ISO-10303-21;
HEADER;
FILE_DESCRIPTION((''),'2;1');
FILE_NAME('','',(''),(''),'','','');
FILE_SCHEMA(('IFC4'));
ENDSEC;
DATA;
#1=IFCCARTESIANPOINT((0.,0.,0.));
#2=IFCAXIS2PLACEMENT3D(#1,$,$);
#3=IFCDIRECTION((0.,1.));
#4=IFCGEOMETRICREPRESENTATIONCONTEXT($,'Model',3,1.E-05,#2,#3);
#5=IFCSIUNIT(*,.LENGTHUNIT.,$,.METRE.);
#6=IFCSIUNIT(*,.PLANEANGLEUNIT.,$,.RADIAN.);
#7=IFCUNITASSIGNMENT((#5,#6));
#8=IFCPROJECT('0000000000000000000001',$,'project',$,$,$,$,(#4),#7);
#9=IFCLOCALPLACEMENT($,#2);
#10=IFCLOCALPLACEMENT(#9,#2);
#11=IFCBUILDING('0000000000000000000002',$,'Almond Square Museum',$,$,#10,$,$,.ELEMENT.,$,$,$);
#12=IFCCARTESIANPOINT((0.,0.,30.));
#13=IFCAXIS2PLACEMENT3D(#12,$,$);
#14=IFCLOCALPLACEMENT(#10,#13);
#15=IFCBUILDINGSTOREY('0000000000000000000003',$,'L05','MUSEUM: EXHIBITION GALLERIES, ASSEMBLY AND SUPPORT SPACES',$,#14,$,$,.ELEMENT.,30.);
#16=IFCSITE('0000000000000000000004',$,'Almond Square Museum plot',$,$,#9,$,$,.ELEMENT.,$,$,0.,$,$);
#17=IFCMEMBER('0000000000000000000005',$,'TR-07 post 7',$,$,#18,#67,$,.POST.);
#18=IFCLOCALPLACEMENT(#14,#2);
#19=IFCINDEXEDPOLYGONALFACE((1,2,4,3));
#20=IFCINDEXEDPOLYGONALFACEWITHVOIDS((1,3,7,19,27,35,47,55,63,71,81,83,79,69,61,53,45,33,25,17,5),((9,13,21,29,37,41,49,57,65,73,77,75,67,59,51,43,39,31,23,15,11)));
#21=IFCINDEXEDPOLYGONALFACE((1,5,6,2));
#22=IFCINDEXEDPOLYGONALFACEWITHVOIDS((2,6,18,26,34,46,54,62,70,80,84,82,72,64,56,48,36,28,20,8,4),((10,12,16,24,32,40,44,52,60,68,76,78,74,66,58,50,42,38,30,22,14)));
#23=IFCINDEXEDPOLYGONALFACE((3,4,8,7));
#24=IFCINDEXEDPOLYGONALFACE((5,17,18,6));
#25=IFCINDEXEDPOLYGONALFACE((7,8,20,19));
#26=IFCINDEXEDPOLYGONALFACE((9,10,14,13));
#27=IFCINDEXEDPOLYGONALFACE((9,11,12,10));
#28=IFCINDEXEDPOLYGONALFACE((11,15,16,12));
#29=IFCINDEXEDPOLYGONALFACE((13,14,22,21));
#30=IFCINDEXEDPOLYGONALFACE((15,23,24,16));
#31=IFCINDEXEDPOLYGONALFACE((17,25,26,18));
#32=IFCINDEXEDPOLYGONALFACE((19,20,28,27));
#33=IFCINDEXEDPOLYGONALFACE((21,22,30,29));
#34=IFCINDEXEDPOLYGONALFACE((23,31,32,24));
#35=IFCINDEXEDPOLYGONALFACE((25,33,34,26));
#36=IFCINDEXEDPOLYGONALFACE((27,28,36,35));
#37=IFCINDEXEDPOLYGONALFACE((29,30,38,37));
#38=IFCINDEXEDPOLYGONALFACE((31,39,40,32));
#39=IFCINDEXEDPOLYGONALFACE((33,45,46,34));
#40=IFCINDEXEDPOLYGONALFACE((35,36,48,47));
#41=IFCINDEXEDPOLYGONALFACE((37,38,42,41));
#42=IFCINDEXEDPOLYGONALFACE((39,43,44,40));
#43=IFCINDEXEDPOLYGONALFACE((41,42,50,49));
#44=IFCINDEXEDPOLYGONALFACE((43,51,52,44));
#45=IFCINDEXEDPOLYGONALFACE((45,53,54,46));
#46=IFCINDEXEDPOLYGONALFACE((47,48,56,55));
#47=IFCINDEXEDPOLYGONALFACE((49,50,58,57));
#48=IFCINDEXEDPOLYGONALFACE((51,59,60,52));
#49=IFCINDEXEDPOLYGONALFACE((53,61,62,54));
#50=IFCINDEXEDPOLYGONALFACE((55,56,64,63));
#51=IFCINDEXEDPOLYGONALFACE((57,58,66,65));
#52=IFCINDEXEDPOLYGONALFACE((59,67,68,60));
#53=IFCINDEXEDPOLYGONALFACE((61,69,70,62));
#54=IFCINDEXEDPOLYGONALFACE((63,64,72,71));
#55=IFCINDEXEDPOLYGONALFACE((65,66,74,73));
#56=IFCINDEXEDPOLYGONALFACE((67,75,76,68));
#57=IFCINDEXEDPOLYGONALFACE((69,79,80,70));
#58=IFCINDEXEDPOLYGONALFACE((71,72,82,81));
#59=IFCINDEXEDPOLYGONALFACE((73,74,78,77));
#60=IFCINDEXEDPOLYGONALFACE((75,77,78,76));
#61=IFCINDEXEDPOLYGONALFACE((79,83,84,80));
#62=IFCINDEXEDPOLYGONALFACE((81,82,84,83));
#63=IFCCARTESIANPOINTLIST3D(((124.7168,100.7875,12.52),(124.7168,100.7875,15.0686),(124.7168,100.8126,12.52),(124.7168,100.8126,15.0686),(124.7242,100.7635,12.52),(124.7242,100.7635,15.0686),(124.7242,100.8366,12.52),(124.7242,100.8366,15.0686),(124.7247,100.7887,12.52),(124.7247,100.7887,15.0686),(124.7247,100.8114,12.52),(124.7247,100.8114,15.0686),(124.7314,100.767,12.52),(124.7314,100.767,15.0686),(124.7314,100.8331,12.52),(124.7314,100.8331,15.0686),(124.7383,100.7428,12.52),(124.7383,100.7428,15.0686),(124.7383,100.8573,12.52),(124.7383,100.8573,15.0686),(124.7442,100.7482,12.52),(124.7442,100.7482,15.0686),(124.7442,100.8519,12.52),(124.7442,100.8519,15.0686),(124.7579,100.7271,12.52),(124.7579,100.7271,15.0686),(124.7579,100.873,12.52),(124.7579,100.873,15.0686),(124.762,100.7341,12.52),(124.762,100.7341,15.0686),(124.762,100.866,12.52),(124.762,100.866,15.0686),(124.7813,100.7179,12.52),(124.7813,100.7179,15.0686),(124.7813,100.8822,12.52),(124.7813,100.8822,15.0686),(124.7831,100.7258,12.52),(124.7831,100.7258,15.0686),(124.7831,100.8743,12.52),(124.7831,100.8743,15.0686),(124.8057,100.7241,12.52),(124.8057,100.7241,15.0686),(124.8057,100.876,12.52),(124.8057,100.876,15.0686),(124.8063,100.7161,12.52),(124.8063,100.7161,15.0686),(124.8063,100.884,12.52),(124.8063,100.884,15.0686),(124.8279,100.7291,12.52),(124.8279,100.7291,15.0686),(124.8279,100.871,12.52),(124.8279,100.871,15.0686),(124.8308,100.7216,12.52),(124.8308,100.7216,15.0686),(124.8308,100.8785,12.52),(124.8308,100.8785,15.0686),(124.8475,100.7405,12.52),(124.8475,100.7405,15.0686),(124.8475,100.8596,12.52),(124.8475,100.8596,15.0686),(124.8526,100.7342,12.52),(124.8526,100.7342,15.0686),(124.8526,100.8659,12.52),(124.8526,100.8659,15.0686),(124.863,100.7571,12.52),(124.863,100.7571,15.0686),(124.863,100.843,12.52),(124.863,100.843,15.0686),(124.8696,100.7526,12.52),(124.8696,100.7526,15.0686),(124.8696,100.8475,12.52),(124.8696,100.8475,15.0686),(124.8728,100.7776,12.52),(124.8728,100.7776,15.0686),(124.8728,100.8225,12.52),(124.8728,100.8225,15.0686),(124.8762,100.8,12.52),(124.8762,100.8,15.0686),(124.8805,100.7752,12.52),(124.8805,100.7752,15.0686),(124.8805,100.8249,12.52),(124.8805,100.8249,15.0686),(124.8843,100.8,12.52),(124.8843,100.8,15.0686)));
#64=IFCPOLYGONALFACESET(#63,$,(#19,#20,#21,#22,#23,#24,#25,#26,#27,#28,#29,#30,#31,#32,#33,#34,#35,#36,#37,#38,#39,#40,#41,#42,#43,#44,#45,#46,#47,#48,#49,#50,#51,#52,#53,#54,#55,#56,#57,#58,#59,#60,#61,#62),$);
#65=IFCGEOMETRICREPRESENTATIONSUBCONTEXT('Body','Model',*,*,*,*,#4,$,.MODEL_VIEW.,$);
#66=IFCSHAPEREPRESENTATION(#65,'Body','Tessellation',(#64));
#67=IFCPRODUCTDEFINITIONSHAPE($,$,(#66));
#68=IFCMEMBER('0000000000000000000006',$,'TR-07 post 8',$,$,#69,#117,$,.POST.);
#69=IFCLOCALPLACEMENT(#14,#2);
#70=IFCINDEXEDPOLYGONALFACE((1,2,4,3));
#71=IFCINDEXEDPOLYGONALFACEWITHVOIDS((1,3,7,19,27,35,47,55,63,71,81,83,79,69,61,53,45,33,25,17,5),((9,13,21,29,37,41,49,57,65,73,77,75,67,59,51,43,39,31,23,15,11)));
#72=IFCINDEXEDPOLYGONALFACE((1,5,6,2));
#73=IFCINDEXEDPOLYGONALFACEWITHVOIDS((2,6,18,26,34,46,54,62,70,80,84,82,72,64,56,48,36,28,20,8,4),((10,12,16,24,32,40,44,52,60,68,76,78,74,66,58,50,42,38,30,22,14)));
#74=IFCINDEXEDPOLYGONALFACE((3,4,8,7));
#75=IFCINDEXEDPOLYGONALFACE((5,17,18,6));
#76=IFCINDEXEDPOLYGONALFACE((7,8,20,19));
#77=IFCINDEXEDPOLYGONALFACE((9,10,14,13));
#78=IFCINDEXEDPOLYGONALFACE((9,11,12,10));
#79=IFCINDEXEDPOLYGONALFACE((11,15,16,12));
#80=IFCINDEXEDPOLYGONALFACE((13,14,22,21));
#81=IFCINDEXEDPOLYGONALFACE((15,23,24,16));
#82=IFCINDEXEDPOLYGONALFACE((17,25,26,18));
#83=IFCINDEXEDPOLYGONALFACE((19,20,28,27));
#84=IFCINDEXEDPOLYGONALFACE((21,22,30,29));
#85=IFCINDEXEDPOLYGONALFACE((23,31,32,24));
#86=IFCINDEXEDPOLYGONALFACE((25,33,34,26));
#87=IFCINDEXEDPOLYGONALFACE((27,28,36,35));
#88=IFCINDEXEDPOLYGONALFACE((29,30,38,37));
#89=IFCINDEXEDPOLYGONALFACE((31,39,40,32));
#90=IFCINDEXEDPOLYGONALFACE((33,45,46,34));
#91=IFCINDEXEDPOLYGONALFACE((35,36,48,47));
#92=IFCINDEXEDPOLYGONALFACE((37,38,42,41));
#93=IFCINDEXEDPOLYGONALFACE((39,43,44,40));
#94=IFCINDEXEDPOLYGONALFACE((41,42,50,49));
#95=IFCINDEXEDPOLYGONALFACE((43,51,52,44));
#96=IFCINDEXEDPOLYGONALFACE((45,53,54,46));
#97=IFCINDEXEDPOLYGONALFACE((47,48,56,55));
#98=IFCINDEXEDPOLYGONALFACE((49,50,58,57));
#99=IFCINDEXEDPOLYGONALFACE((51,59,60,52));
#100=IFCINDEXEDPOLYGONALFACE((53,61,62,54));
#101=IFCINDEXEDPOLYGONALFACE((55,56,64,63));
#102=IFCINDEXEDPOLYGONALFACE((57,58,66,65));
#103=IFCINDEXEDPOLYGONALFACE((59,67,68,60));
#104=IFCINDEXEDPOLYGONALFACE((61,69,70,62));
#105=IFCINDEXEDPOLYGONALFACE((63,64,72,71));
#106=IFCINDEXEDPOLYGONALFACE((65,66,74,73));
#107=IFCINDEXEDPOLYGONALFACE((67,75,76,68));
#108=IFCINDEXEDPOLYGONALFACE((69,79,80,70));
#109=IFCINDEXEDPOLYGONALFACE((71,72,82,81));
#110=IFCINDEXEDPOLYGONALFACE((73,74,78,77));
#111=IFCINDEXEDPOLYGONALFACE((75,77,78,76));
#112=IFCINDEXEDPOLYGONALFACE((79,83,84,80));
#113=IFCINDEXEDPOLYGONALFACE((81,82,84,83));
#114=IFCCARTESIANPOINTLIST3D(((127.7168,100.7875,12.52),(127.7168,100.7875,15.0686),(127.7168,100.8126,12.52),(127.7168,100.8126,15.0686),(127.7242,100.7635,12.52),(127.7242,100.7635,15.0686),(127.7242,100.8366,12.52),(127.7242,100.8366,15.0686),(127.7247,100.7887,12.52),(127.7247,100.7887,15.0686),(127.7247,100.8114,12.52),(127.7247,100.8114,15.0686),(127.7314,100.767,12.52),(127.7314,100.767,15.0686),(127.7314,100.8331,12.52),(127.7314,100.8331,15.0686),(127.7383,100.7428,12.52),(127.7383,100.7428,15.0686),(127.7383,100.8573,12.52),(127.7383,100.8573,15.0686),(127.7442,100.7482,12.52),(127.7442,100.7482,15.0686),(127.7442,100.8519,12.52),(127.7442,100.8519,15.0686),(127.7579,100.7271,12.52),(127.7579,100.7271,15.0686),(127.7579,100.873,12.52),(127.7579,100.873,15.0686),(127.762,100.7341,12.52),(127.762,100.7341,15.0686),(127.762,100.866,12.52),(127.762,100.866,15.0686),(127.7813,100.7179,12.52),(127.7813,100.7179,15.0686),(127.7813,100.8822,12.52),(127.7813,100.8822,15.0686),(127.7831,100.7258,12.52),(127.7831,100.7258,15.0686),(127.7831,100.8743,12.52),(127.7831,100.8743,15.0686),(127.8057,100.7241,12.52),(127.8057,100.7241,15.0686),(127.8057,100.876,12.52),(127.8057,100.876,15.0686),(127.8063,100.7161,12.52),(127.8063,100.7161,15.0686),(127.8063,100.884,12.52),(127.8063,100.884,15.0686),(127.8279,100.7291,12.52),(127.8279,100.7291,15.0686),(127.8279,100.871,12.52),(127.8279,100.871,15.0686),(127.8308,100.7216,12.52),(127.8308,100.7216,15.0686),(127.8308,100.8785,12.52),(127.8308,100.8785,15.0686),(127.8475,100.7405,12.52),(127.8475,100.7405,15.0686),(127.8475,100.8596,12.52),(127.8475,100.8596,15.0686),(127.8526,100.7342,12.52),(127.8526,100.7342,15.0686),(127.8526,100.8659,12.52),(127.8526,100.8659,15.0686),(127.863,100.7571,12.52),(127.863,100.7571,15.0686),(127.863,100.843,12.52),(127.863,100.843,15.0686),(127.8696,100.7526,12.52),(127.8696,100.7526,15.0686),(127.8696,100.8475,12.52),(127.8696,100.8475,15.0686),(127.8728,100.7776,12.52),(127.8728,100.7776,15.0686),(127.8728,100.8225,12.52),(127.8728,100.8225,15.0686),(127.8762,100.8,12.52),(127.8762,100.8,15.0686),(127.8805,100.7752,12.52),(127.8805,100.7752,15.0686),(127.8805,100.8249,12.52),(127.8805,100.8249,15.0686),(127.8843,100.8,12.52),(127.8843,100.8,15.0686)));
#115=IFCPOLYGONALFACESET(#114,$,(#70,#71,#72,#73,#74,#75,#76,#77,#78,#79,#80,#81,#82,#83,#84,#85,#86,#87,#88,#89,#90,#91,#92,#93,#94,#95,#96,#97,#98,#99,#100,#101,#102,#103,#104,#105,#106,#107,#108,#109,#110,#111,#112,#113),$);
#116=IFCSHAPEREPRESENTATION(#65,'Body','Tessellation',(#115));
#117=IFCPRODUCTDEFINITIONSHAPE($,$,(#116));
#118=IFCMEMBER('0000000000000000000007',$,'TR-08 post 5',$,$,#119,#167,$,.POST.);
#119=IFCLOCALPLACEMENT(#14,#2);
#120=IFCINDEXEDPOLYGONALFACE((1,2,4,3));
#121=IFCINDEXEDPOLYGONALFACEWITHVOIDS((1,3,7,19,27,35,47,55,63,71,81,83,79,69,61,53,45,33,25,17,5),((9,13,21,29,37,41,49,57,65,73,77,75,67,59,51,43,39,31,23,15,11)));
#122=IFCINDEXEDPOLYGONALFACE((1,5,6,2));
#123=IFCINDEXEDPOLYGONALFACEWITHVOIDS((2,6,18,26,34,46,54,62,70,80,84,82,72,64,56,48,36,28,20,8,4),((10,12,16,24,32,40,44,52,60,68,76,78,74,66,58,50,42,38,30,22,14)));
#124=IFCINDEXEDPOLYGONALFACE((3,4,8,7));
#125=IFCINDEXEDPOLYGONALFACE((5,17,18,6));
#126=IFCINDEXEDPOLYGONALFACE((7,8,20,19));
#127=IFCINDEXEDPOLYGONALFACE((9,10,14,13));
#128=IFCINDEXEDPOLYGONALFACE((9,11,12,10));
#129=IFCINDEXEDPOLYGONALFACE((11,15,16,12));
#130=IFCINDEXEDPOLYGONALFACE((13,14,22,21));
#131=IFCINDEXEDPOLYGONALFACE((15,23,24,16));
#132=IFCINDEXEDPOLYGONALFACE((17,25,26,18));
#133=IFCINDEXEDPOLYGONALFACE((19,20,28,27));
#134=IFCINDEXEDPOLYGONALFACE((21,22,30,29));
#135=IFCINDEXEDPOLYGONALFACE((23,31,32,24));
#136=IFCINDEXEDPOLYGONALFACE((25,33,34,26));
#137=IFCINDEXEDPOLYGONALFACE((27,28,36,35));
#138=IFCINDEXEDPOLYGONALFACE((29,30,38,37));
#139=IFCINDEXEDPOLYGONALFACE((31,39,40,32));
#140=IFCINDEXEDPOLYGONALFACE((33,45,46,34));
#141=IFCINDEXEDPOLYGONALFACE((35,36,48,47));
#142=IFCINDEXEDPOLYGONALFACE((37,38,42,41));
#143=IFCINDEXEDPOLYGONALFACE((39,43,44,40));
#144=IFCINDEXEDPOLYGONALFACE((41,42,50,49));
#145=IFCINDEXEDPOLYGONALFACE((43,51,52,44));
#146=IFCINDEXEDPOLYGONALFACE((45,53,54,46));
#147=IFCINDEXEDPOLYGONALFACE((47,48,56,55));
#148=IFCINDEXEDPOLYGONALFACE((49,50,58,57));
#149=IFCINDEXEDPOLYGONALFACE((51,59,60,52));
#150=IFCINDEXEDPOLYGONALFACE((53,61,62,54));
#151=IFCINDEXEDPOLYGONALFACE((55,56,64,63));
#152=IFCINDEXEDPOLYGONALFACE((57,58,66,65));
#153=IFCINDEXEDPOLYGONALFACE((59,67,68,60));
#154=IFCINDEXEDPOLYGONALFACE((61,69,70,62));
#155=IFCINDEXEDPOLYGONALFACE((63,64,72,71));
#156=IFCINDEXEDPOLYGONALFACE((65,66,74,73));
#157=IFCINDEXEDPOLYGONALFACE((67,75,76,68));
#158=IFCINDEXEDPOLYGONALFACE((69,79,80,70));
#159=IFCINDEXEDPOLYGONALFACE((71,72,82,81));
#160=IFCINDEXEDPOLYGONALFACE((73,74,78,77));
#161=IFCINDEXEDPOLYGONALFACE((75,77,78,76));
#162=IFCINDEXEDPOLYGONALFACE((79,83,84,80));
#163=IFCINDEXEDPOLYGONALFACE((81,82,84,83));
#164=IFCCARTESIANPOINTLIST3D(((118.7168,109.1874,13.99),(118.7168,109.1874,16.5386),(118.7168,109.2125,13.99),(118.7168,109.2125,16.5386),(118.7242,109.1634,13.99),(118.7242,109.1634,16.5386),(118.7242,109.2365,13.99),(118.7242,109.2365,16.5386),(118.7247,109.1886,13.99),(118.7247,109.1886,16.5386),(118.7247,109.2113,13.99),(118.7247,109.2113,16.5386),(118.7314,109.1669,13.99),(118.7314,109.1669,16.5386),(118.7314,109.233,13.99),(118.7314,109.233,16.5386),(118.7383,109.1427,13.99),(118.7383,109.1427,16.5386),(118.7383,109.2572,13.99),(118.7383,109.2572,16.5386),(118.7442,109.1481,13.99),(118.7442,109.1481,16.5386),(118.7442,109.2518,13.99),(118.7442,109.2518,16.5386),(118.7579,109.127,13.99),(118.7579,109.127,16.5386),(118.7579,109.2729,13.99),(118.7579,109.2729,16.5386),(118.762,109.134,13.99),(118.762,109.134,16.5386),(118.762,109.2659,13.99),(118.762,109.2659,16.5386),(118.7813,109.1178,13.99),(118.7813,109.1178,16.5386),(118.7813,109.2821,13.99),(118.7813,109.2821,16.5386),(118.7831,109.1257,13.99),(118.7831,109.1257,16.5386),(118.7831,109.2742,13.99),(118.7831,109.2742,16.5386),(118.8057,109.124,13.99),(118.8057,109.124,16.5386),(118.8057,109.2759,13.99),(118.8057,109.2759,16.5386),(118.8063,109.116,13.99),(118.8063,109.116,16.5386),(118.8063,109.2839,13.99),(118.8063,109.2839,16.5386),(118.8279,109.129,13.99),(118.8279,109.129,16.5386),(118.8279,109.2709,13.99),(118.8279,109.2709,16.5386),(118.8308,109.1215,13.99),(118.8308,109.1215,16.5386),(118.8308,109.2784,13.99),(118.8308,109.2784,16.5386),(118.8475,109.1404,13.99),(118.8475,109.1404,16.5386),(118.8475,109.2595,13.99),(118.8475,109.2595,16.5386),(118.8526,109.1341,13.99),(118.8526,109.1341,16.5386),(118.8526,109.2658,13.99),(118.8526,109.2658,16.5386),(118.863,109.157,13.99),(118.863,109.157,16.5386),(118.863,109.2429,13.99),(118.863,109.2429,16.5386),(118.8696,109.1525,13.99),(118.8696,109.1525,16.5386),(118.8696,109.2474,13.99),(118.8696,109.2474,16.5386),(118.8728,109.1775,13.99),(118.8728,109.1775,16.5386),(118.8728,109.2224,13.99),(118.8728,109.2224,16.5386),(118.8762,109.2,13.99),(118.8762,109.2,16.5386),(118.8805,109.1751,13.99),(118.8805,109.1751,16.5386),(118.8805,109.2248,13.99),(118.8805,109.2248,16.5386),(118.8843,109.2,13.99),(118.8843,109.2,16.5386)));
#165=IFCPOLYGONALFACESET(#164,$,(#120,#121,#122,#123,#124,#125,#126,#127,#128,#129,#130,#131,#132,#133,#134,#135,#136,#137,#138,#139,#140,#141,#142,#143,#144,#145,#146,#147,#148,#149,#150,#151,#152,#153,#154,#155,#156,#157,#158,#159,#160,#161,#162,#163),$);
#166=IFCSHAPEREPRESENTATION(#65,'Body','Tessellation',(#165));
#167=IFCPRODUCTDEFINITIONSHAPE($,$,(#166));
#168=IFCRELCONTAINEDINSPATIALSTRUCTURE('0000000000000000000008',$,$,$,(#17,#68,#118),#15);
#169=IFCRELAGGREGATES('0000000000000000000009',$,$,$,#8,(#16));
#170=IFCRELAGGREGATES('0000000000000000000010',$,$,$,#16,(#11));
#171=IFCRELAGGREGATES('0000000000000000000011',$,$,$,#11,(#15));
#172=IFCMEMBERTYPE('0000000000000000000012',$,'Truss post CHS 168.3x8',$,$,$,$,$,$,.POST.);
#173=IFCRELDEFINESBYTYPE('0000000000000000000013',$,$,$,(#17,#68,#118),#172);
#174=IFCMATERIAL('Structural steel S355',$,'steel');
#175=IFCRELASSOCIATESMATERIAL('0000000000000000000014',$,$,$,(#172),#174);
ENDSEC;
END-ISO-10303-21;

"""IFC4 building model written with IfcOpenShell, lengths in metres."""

from ifc_helpers import new_model, si_unit, direction, frame, origin, origin_2d, place, context, subcontext, project, spatial, hollow_circle, extrude, material, material_profile, profile_set, type_object, element, save


model = new_model("IFC4")

# Units and contexts
model_context = context("Model", 3, precision=1e-05, world=origin(), true_north=direction((0.0, 1.0)))
body_context = subcontext(model_context, "Body", "Model", "MODEL_VIEW")
ifc_project = project(units=[si_unit("LENGTHUNIT", "METRE"), si_unit("PLANEANGLEUNIT", "RADIAN")], contexts=[model_context])

# Site, building, storey
site_placement = place(None, origin())
site = spatial("IfcSite", under=ifc_project, at=site_placement, Name="Almond Square Museum plot", CompositionType="ELEMENT", RefElevation=0.0)
building_placement = place(site_placement, origin())
building = spatial("IfcBuilding", under=site, at=building_placement, Name="Almond Square Museum", CompositionType="ELEMENT")
storey_placement = place(building_placement, frame((0.0, 0.0, 30.0)))
storey = spatial("IfcBuildingStorey", under=building, at=storey_placement, Name="L05", Description="MUSEUM: EXHIBITION GALLERIES, ASSEMBLY AND SUPPORT SPACES", CompositionType="ELEMENT", Elevation=30.0)

# Members
ifc_material_1 = material(Name="Structural steel S355", Category="steel")
ifc_material_profile_1 = material_profile(ifc_material_1, hollow_circle(Radius=0.0842, WallThickness=0.0081, at=origin_2d()))
ifc_profile_set_1 = profile_set([ifc_material_profile_1], Name="Structural steel S355")
member_type_1 = type_object("IfcMemberType", Name="Truss post CHS 168.3x8", PredefinedType="POST", material=ifc_profile_set_1)
for number, where, z_axis, x_axis, name in (
    (1, (124.8, 100.8, 12.52), (0.0, 0.0, 1.0), (1.0, 0.0, 0.0), "TR-07 post 7"),
    (2, (127.8, 100.8, 12.52), (0.0, 0.0, 1.0), (1.0, 0.0, 0.0), "TR-07 post 8"),
    (3, (118.8, 109.2, 13.99), (0.0, 0.0, 1.0), (1.0, 0.0, 0.0), "TR-08 post 5"),
):
    element("IfcMember", number, at=place(storey_placement, frame(where, z_axis=z_axis, x_axis=x_axis)), inside=storey, type_object=member_type_1, Name=name, PredefinedType="POST", context=body_context, shape_type="SweptSolid", body=[
        extrude(hollow_circle(Radius=0.0842, WallThickness=0.0081, at=origin_2d()), origin(), (0.0, 0.0, 1.0), 2.5486),
    ])

save(model, "model.ifc")
